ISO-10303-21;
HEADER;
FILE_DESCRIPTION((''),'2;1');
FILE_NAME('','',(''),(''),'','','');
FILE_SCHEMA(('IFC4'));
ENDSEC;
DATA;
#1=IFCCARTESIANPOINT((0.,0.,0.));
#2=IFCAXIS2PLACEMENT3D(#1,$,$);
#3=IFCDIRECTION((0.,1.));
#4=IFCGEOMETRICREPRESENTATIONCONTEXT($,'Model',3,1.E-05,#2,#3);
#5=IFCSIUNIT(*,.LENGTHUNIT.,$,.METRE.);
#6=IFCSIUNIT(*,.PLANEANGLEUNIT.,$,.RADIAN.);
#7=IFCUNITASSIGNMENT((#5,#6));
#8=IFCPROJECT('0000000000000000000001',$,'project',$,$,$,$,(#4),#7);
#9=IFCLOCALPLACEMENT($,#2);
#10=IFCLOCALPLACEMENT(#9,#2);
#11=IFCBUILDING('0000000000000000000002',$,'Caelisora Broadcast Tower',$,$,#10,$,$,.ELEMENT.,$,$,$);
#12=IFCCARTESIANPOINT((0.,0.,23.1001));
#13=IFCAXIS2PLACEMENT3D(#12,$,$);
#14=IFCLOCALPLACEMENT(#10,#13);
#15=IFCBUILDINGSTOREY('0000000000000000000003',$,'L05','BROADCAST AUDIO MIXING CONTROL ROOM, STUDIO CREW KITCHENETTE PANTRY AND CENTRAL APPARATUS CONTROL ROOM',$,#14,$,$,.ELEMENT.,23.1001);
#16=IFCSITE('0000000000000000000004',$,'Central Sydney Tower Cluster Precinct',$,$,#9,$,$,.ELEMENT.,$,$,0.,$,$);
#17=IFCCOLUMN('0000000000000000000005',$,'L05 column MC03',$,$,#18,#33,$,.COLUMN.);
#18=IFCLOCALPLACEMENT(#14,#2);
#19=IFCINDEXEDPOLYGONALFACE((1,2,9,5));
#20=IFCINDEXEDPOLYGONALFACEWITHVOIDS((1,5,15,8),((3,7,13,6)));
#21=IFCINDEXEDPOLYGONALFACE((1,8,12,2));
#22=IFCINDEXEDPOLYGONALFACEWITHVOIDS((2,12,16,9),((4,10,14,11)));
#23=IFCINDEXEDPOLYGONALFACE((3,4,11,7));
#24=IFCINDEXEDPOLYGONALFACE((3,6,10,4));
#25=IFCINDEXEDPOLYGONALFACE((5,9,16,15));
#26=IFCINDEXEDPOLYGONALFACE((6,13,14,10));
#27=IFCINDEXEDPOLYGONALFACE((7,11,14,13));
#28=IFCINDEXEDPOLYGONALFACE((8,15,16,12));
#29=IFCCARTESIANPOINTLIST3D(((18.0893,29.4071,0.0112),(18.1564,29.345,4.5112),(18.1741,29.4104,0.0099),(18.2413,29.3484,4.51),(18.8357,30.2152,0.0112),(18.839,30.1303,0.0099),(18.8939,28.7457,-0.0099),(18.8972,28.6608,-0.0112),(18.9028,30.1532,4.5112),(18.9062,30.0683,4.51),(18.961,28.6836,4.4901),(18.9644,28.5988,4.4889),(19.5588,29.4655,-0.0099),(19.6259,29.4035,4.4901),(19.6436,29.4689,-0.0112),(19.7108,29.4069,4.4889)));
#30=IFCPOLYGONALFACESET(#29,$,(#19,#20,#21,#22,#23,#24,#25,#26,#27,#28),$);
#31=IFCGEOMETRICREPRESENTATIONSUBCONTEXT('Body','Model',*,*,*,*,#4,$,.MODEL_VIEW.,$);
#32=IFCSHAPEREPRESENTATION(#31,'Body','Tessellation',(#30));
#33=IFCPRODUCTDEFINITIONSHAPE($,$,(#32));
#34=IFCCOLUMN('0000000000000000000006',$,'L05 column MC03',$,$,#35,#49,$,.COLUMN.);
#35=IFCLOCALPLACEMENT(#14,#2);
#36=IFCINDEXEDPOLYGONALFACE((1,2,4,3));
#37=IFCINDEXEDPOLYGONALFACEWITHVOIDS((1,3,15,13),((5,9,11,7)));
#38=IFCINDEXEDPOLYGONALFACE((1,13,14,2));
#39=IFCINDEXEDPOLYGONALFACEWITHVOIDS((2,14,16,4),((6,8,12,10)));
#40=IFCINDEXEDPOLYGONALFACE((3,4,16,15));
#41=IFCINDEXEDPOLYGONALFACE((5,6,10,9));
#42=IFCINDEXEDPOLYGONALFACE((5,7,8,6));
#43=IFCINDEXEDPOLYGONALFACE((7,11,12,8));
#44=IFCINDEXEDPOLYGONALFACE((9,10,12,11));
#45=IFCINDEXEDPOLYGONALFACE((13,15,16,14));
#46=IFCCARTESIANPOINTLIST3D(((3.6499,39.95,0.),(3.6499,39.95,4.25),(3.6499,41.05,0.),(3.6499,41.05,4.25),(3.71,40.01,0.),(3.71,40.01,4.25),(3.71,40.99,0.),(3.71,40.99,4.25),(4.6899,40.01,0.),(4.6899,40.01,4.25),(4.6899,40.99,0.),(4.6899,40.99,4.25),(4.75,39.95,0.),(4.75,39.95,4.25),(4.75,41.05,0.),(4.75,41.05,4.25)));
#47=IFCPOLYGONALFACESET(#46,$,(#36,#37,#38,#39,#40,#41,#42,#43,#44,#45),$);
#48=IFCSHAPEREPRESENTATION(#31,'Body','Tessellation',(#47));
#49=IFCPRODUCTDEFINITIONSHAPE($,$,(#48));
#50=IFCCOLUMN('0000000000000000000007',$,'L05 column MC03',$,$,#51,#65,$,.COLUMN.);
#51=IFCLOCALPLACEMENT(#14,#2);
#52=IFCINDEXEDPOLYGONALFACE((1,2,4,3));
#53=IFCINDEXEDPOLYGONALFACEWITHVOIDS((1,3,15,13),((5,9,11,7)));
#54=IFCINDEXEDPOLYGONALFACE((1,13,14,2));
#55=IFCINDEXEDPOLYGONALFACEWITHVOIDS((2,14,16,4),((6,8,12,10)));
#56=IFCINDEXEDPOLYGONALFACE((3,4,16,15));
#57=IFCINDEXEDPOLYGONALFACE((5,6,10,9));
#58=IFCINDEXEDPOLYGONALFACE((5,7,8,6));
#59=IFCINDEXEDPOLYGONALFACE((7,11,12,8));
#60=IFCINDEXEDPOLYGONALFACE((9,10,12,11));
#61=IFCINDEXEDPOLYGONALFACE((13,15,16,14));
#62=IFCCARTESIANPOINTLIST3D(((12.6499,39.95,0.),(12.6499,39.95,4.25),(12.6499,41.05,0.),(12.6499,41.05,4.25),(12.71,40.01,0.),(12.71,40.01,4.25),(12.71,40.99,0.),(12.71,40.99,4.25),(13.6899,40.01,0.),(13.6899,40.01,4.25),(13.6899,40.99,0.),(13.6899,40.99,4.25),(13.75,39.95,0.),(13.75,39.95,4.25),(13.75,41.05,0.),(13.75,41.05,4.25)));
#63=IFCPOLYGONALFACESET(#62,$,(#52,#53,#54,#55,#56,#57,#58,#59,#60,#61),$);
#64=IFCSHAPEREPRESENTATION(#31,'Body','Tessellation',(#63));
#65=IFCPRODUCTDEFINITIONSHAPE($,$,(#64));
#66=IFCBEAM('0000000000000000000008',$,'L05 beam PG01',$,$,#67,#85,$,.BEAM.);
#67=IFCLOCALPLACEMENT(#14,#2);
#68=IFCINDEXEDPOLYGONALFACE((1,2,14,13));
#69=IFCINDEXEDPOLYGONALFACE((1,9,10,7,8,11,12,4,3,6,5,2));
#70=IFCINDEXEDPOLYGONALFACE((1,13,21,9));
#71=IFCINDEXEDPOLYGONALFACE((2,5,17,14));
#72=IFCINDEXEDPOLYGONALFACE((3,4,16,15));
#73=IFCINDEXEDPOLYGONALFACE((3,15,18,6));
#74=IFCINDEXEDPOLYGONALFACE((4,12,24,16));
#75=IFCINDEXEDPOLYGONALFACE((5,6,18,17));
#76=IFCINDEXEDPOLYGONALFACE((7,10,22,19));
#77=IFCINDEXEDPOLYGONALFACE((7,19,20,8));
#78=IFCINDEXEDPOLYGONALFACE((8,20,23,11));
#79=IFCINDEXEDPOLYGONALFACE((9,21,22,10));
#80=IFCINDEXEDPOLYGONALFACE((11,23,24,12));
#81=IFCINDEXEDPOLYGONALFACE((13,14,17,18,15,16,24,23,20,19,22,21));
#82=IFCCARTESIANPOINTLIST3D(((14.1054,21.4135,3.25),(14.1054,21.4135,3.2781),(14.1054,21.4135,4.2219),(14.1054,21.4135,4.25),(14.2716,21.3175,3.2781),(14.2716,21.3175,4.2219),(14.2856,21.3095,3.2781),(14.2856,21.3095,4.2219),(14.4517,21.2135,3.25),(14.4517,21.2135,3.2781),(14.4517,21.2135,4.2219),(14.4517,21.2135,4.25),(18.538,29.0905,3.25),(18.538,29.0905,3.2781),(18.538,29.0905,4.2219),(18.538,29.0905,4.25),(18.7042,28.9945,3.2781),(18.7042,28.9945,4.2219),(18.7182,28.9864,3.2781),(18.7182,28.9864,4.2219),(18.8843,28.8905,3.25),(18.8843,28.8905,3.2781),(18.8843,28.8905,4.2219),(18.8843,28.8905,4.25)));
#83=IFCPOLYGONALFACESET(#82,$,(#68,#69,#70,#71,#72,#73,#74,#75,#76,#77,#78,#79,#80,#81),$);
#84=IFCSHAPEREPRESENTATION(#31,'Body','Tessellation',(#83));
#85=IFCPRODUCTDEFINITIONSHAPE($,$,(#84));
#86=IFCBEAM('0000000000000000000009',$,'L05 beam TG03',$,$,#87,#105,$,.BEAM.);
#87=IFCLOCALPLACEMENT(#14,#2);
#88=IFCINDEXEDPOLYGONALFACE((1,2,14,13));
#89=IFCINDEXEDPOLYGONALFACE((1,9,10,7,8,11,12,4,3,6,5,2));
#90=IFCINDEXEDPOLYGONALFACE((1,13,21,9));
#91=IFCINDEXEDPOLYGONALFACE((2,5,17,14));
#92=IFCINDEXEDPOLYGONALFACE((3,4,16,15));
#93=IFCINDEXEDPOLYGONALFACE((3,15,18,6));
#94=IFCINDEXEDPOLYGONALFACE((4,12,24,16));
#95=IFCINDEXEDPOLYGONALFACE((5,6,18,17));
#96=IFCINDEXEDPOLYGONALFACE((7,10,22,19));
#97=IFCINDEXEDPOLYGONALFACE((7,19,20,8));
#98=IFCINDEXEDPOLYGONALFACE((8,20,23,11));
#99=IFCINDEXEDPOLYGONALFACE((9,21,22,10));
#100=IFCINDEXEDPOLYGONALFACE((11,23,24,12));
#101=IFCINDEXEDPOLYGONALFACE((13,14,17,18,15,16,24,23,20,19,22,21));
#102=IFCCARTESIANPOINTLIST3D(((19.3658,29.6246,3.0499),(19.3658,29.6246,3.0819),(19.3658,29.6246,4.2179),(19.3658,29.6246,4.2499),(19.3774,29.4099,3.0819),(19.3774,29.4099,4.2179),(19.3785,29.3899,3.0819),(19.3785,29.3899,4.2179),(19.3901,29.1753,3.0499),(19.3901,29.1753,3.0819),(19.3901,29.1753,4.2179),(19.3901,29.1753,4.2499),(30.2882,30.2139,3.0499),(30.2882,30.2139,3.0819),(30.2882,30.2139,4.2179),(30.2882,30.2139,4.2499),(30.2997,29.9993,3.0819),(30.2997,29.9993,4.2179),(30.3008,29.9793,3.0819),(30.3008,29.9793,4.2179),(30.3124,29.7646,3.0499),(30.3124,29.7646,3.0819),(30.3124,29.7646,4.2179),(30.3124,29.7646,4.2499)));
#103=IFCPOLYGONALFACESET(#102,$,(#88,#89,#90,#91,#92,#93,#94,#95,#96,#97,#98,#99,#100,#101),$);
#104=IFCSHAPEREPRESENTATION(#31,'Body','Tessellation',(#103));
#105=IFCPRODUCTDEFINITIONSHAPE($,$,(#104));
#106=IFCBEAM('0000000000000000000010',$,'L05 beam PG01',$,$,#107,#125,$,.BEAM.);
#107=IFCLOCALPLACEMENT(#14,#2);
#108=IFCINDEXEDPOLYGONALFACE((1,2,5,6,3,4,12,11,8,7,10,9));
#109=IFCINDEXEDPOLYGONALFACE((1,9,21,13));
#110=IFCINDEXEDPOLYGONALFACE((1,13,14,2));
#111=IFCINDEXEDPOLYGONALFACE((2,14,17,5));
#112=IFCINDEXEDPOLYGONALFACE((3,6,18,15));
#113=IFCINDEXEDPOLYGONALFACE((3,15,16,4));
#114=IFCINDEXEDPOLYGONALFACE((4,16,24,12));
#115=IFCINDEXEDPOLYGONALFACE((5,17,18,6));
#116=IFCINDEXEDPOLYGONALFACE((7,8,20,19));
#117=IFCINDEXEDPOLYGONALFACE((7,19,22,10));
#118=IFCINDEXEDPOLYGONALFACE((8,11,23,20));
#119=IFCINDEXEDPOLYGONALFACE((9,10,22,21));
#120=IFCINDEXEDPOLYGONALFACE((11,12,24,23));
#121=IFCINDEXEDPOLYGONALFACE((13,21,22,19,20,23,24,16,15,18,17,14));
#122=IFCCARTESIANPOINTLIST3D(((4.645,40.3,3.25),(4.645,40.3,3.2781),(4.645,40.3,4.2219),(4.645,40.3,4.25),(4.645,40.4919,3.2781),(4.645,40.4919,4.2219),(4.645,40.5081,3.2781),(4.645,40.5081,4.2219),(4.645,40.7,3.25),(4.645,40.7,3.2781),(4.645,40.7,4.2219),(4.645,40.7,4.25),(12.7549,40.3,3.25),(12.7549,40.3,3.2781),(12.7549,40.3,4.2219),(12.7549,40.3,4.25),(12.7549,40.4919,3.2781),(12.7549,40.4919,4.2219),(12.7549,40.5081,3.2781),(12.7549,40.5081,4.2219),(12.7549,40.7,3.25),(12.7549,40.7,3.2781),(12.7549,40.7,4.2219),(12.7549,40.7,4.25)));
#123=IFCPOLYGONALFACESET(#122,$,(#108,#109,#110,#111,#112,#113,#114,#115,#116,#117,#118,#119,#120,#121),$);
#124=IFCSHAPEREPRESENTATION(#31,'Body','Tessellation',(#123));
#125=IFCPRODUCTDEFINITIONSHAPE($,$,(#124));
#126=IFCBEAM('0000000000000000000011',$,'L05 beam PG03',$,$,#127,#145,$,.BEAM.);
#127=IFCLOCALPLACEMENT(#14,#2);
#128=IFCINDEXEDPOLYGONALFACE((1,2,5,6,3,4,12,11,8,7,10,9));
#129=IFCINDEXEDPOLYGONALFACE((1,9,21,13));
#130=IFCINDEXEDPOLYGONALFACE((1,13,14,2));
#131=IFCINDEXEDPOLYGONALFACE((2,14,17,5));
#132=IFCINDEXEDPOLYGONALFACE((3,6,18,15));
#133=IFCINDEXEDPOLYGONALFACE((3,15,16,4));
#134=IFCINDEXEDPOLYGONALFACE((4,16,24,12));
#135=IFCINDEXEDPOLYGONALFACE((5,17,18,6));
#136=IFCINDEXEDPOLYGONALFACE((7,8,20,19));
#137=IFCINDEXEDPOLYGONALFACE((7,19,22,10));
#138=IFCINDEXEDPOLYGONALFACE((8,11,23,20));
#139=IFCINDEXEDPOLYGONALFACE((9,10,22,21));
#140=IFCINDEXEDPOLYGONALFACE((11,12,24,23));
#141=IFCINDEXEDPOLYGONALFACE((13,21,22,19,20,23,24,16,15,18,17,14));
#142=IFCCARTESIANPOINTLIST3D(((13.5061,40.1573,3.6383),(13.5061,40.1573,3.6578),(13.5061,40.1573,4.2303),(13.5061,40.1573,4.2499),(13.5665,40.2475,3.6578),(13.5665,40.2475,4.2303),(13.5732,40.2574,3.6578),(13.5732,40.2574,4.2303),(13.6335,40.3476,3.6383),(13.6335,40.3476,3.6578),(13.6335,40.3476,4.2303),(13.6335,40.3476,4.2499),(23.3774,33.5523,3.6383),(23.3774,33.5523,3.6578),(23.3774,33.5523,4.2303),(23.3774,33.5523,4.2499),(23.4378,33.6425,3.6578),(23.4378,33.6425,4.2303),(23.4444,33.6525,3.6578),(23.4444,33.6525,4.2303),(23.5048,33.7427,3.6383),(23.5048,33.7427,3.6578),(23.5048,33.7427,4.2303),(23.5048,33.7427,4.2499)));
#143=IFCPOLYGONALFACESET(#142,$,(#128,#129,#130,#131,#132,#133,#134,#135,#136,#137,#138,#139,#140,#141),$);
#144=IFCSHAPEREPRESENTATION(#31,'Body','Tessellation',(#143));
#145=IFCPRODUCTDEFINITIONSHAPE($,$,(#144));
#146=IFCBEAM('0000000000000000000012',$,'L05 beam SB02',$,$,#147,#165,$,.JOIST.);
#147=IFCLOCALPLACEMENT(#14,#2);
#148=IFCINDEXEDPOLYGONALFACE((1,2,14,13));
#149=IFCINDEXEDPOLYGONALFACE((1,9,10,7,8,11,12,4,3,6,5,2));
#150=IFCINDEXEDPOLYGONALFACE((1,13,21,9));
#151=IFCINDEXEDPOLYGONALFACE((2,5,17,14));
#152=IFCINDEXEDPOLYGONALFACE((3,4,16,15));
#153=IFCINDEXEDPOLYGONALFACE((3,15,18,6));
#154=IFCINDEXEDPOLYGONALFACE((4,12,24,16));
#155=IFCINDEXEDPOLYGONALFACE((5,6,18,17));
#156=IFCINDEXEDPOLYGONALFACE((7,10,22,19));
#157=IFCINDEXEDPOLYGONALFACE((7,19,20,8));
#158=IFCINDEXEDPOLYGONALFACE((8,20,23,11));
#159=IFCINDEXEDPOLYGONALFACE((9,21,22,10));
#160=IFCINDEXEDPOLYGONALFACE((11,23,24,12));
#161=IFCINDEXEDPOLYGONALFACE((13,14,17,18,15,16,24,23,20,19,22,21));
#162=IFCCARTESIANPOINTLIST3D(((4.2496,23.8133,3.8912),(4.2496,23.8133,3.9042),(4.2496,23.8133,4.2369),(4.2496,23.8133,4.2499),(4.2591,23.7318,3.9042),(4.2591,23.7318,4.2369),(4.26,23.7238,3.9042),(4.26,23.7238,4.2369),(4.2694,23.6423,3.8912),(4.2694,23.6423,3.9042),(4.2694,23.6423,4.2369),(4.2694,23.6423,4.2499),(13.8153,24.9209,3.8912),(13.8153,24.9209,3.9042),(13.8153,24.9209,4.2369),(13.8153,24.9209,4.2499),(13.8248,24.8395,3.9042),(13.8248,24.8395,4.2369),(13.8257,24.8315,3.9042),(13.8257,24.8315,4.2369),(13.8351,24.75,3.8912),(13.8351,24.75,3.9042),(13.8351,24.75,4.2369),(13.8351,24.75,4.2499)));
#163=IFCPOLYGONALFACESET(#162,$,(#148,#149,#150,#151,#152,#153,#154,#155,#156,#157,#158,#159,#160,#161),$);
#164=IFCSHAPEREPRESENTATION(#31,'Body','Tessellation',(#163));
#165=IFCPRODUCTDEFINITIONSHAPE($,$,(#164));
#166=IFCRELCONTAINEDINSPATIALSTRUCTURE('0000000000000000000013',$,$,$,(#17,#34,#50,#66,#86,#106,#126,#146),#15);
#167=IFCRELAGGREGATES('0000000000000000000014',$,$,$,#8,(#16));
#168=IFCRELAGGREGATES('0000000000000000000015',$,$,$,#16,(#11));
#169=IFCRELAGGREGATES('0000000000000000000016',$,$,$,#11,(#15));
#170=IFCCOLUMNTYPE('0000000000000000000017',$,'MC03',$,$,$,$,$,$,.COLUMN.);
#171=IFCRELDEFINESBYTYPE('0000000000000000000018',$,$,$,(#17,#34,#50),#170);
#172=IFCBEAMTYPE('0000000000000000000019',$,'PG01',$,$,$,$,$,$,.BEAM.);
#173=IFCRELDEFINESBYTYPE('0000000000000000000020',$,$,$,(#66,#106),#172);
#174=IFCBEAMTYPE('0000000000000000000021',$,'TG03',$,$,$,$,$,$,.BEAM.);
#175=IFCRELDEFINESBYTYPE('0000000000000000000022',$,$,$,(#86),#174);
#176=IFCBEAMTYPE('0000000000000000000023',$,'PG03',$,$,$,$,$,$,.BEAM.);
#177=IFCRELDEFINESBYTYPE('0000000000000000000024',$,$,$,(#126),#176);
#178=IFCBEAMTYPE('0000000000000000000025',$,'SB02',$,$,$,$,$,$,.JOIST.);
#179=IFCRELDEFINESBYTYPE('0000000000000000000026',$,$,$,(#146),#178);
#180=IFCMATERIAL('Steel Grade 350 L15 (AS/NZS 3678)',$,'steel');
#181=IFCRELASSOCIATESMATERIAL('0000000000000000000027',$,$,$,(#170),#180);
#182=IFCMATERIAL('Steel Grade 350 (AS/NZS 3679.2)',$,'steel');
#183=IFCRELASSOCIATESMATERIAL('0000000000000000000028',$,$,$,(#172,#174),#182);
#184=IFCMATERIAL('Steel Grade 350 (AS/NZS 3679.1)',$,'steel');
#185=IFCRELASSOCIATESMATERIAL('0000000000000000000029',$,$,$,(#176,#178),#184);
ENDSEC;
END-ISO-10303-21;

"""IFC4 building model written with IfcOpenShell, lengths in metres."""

from ifc_helpers import new_model, si_unit, direction, frame, origin, origin_2d, place, context, subcontext, project, spatial, hollow_rectangle, i_section, extrude, source, transform, mapped, material, material_profile, profile_set, type_object, type_shapes, element, save


model = new_model("IFC4")

# Units and contexts
model_context = context("Model", 3, precision=1e-05, world=origin(), true_north=direction((0.0, 1.0)))
body_context = subcontext(model_context, "Body", "Model", "MODEL_VIEW")
ifc_project = project(units=[si_unit("LENGTHUNIT", "METRE"), si_unit("PLANEANGLEUNIT", "RADIAN")], contexts=[model_context])

# Site, building, storey
site_placement = place(None, origin())
site = spatial("IfcSite", under=ifc_project, at=site_placement, Name="Central Sydney Tower Cluster Precinct", CompositionType="ELEMENT", RefElevation=0.0)
building_placement = place(site_placement, origin())
building = spatial("IfcBuilding", under=site, at=building_placement, Name="Caelisora Broadcast Tower", CompositionType="ELEMENT")
storey_placement = place(building_placement, frame((0.0, 0.0, 23.1001)))
storey = spatial("IfcBuildingStorey", under=building, at=storey_placement, Name="L05", Description="BROADCAST AUDIO MIXING CONTROL ROOM, STUDIO CREW KITCHENETTE PANTRY AND CENTRAL APPARATUS CONTROL ROOM", CompositionType="ELEMENT", Elevation=23.1001)

# Columns
ifc_material_1 = material(Name="Steel Grade 350 L15 (AS/NZS 3678)", Category="steel")
ifc_material_profile_1 = material_profile(ifc_material_1, hollow_rectangle(XDim=1.1001, YDim=1.1001, WallThickness=0.0601, at=origin_2d()), Name="Steel Grade 350 L15 (AS/NZS 3678)")
ifc_profile_set_1 = profile_set([ifc_material_profile_1], Name="Steel Grade 350 L15 (AS/NZS 3678)")
column_type = type_object("IfcColumnType", Name="MC03", PredefinedType="COLUMN", material=ifc_profile_set_1)
shared_shape_1 = source(origin(), body_context, "Body", "SweptSolid", [
    extrude(hollow_rectangle(XDim=1.1001, YDim=1.1001, WallThickness=0.0601, at=origin_2d()), origin(), (0.0, 0.0, 1.0), 4.501),
])
column_placement = place(storey_placement, frame((18.8665, 29.438, 0.0), z_axis=(0.014917, -0.013778, 0.999794), x_axis=(0.678502, 0.734599, 0.0)))
element("IfcColumn", 1, at=column_placement, inside=storey, type_object=column_type, Name="L05 column MC03", PredefinedType="COLUMN", context=body_context, shape_type="MappedRepresentation", body=[
    mapped(shared_shape_1, transform((0.0, 0.0, 0.0), scale=1.0)),
])
shared_shape_2 = source(origin(), body_context, "Body", "SweptSolid", [
    extrude(hollow_rectangle(XDim=1.1001, YDim=1.1001, WallThickness=0.0601, at=origin_2d()), origin(), (0.0, 0.0, 1.0), 4.25),
])
type_shapes(column_type, [shared_shape_1, shared_shape_2])
for number, where, z_axis, x_axis, name in (
    (2, (4.2, 40.5, 0.0), (0.0, 0.0, 1.0), (1.0, 0.0, 0.0), "L05 column MC03"),
    (3, (13.2, 40.5, 0.0), (0.0, 0.0, 1.0), (1.0, 0.0, 0.0), "L05 column MC03"),
):
    element("IfcColumn", number, at=place(storey_placement, frame(where, z_axis=z_axis, x_axis=x_axis)), inside=storey, type_object=column_type, Name=name, PredefinedType="COLUMN", context=body_context, shape_type="MappedRepresentation", body=[
        mapped(shared_shape_2, transform((0.0, 0.0, 0.0), scale=1.0)),
    ])

# Beams
ifc_material_2 = material(Name="Steel Grade 350 (AS/NZS 3679.2)", Category="steel")
ifc_material_profile_2 = material_profile(ifc_material_2, i_section(OverallWidth=0.3999, OverallDepth=1.0, WebThickness=0.0161, FlangeThickness=0.0281, at=origin_2d()), Name="Steel Grade 350 (AS/NZS 3679.2)")
ifc_profile_set_2 = profile_set([ifc_material_profile_2], Name="Steel Grade 350 (AS/NZS 3679.2)")
beam_type_1 = type_object("IfcBeamType", Name="PG01", PredefinedType="BEAM", material=ifc_profile_set_2)
shared_shape_3 = source(origin(), body_context, "Body", "SweptSolid", [
    extrude(i_section(OverallWidth=0.3999, OverallDepth=1.0, WebThickness=0.0161, FlangeThickness=0.0281, at=origin_2d()), origin(), (0.0, 0.0, 1.0), 8.8647),
])
beam_1_placement = place(storey_placement, frame((18.7112, 28.9905, 3.75), z_axis=(-0.500025, -0.866011, 0.0), x_axis=(0.866011, -0.500025, 0.0)))
element("IfcBeam", 4, at=beam_1_placement, inside=storey, type_object=beam_type_1, Name="L05 beam PG01", PredefinedType="BEAM", context=body_context, shape_type="MappedRepresentation", body=[
    mapped(shared_shape_3, transform((0.0, 0.0, 0.0), scale=1.0)),
])
ifc_material_profile_3 = material_profile(ifc_material_2, i_section(OverallWidth=0.45, OverallDepth=1.2, WebThickness=0.02, FlangeThickness=0.032, at=origin_2d()), Name="Steel Grade 350 (AS/NZS 3679.2)")
ifc_profile_set_3 = profile_set([ifc_material_profile_3], Name="Steel Grade 350 (AS/NZS 3679.2)")
beam_type_2 = type_object("IfcBeamType", Name="TG03", PredefinedType="BEAM", material=ifc_profile_set_3)
shared_shape_4 = source(origin(), body_context, "Body", "SweptSolid", [
    extrude(i_section(OverallWidth=0.45, OverallDepth=1.2, WebThickness=0.02, FlangeThickness=0.032, at=origin_2d()), origin(), (0.0, 0.0, 1.0), 10.9382),
])
beam_2_placement = place(storey_placement, frame((19.3779, 29.3999, 3.6499), z_axis=(0.998547, 0.05388, 0.0), x_axis=(-0.05388, 0.998547, 0.0)))
element("IfcBeam", 5, at=beam_2_placement, inside=storey, type_object=beam_type_2, Name="L05 beam TG03", PredefinedType="BEAM", context=body_context, shape_type="MappedRepresentation", body=[
    mapped(shared_shape_4, transform((0.0, 0.0, 0.0), scale=1.0)),
])
shared_shape_5 = source(origin(), body_context, "Body", "SweptSolid", [
    extrude(i_section(OverallWidth=0.3999, OverallDepth=1.0, WebThickness=0.0161, FlangeThickness=0.0281, at=origin_2d()), origin(), (0.0, 0.0, 1.0), 8.1099),
])
type_shapes(beam_type_1, [shared_shape_3, shared_shape_5])
beam_3_placement = place(storey_placement, frame((4.645, 40.5, 3.75), z_axis=(1.0, 0.0, 0.0), x_axis=(0.0, 1.0, 0.0)))
element("IfcBeam", 6, at=beam_3_placement, inside=storey, type_object=beam_type_1, Name="L05 beam PG01", PredefinedType="BEAM", context=body_context, shape_type="MappedRepresentation", body=[
    mapped(shared_shape_5, transform((0.0, 0.0, 0.0), scale=1.0)),
])
ifc_material_3 = material(Name="Steel Grade 350 (AS/NZS 3679.1)", Category="steel")
ifc_material_profile_4 = material_profile(ifc_material_3, i_section(OverallWidth=0.229, OverallDepth=0.6116, WebThickness=0.012, FlangeThickness=0.0195, at=origin_2d()), Name="Steel Grade 350 (AS/NZS 3679.1)")
ifc_profile_set_4 = profile_set([ifc_material_profile_4], Name="Steel Grade 350 (AS/NZS 3679.1)")
beam_type_3 = type_object("IfcBeamType", Name="PG03", PredefinedType="BEAM", material=ifc_profile_set_4)
shared_shape_6 = source(origin(), body_context, "Body", "SweptSolid", [
    extrude(i_section(OverallWidth=0.229, OverallDepth=0.6116, WebThickness=0.012, FlangeThickness=0.0195, at=origin_2d()), origin(), (0.0, 0.0, 1.0), 11.8772),
])
type_shapes(beam_type_3, [shared_shape_6])
beam_4_placement = place(storey_placement, frame((13.5698, 40.2524, 3.9441), z_axis=(0.831113, -0.556103, 0.0), x_axis=(0.556103, 0.831113, 0.0)))
element("IfcBeam", 7, at=beam_4_placement, inside=storey, type_object=beam_type_3, Name="L05 beam PG03", PredefinedType="BEAM", context=body_context, shape_type="MappedRepresentation", body=[
    mapped(shared_shape_6, transform((0.0, 0.0, 0.0), scale=1.0)),
])
ifc_material_profile_5 = material_profile(ifc_material_3, i_section(OverallWidth=0.1721, OverallDepth=0.3586, WebThickness=0.0081, FlangeThickness=0.0129, at=origin_2d()), Name="Steel Grade 350 (AS/NZS 3679.1)")
ifc_profile_set_5 = profile_set([ifc_material_profile_5], Name="Steel Grade 350 (AS/NZS 3679.1)")
beam_type_4 = type_object("IfcBeamType", Name="SB02", PredefinedType="JOIST", material=ifc_profile_set_5)
shared_shape_7 = source(origin(), body_context, "Body", "SweptSolid", [
    extrude(i_section(OverallWidth=0.1721, OverallDepth=0.3586, WebThickness=0.0081, FlangeThickness=0.0129, at=origin_2d()), origin(), (0.0, 0.0, 1.0), 9.6296),
])
beam_5_placement = place(storey_placement, frame((4.2595, 23.7278, 4.0706), z_axis=(0.993362, 0.115027, 0.0), x_axis=(-0.115027, 0.993362, 0.0)))
element("IfcBeam", 8, at=beam_5_placement, inside=storey, type_object=beam_type_4, Name="L05 beam SB02", PredefinedType="JOIST", context=body_context, shape_type="MappedRepresentation", body=[
    mapped(shared_shape_7, transform((0.0, 0.0, 0.0), scale=1.0)),
])

save(model, "model.ifc")
